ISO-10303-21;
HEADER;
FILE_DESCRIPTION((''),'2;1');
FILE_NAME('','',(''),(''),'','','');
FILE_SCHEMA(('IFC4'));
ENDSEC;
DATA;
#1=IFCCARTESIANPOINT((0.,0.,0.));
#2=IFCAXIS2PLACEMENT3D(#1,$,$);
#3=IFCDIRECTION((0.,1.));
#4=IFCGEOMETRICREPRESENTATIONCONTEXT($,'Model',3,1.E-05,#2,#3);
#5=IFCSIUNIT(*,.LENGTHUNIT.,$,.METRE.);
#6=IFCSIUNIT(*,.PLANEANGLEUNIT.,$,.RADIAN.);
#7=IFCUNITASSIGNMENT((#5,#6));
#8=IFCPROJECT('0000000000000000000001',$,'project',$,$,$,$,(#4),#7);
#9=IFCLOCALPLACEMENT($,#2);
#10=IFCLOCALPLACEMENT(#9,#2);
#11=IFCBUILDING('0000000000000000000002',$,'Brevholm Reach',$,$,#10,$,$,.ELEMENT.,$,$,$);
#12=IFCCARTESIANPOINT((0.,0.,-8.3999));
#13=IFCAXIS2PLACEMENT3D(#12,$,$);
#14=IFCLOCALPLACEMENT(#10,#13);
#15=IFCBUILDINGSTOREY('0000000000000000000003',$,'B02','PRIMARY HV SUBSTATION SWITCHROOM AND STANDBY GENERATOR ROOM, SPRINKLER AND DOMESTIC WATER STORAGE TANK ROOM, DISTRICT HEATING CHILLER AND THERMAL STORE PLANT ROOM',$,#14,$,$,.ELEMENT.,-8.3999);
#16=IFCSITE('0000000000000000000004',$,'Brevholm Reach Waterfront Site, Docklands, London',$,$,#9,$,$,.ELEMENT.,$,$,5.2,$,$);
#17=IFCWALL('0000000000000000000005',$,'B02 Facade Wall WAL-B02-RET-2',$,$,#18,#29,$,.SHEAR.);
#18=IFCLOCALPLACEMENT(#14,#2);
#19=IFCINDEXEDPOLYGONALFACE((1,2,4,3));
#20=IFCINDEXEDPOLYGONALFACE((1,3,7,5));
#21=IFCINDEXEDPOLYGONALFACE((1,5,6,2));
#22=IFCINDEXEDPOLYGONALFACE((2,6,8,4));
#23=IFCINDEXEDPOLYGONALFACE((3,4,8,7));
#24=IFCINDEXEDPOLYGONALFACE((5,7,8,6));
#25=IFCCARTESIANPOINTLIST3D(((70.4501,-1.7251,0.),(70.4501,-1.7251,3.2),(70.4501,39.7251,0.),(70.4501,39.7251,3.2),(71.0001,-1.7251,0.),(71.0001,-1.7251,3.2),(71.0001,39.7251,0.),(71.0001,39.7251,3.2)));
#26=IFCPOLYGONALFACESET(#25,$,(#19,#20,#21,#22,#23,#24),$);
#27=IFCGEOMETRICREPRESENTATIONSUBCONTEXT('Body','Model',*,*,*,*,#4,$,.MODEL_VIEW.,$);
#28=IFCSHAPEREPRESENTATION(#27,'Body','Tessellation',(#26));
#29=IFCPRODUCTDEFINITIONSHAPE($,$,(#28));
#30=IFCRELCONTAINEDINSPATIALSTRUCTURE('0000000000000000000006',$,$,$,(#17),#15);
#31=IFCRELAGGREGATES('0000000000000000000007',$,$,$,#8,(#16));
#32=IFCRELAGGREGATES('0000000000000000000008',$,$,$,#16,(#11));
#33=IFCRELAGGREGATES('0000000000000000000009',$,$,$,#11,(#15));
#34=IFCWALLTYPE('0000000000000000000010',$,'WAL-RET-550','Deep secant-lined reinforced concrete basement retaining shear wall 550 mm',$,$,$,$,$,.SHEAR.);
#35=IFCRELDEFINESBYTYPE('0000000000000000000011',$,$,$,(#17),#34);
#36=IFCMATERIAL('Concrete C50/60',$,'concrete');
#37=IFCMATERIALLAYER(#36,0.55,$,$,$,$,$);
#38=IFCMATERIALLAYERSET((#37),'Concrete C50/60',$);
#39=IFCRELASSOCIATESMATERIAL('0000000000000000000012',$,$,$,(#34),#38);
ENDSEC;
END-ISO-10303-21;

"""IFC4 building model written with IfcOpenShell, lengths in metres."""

from ifc_helpers import new_model, si_unit, direction, frame, frame_2d, origin, place, context, subcontext, project, spatial, rectangle, extrude, material, layer, layer_set, type_object, element, save


model = new_model("IFC4")

# Units and contexts
model_context = context("Model", 3, precision=1e-05, world=origin(), true_north=direction((0.0, 1.0)))
body_context = subcontext(model_context, "Body", "Model", "MODEL_VIEW")
ifc_project = project(units=[si_unit("LENGTHUNIT", "METRE"), si_unit("PLANEANGLEUNIT", "RADIAN")], contexts=[model_context])

# Site, building, storey
site_placement = place(None, origin())
site = spatial("IfcSite", under=ifc_project, at=site_placement, Name="Brevholm Reach Waterfront Site, Docklands, London", CompositionType="ELEMENT", RefElevation=5.2)
building_placement = place(site_placement, origin())
building = spatial("IfcBuilding", under=site, at=building_placement, Name="Brevholm Reach", CompositionType="ELEMENT")
storey_placement = place(building_placement, frame((0.0, 0.0, -8.3999)))
storey = spatial("IfcBuildingStorey", under=building, at=storey_placement, Name="B02", Description="PRIMARY HV SUBSTATION SWITCHROOM AND STANDBY GENERATOR ROOM, SPRINKLER AND DOMESTIC WATER STORAGE TANK ROOM, DISTRICT HEATING CHILLER AND THERMAL STORE PLANT ROOM", CompositionType="ELEMENT", Elevation=-8.3999)

# Wall
ifc_material_1 = material(Name="Concrete C50/60", Category="concrete")
ifc_layer_1 = layer(ifc_material_1, 0.55)
ifc_layer_set_1 = layer_set([ifc_layer_1], Name="Concrete C50/60")
wall_type_1 = type_object("IfcWallType", Name="WAL-RET-550", Description="Deep secant-lined reinforced concrete basement retaining shear wall 550 mm", PredefinedType="SHEAR", material=ifc_layer_set_1)
wall_1_placement = place(storey_placement, frame((70.7251, -1.7251, 0.0), z_axis=(0.0, 0.0, 1.0), x_axis=(0.0, 1.0, 0.0)))
element("IfcWall", 1, at=wall_1_placement, inside=storey, type_object=wall_type_1, Name="B02 Facade Wall WAL-B02-RET-2", PredefinedType="SHEAR", context=body_context, shape_type="SweptSolid", body=[
    extrude(rectangle(XDim=41.4502, YDim=0.55, at=frame_2d((20.7251, 0.0))), origin(), (0.0, 0.0, 1.0), 3.2),
])

save(model, "model.ifc")
